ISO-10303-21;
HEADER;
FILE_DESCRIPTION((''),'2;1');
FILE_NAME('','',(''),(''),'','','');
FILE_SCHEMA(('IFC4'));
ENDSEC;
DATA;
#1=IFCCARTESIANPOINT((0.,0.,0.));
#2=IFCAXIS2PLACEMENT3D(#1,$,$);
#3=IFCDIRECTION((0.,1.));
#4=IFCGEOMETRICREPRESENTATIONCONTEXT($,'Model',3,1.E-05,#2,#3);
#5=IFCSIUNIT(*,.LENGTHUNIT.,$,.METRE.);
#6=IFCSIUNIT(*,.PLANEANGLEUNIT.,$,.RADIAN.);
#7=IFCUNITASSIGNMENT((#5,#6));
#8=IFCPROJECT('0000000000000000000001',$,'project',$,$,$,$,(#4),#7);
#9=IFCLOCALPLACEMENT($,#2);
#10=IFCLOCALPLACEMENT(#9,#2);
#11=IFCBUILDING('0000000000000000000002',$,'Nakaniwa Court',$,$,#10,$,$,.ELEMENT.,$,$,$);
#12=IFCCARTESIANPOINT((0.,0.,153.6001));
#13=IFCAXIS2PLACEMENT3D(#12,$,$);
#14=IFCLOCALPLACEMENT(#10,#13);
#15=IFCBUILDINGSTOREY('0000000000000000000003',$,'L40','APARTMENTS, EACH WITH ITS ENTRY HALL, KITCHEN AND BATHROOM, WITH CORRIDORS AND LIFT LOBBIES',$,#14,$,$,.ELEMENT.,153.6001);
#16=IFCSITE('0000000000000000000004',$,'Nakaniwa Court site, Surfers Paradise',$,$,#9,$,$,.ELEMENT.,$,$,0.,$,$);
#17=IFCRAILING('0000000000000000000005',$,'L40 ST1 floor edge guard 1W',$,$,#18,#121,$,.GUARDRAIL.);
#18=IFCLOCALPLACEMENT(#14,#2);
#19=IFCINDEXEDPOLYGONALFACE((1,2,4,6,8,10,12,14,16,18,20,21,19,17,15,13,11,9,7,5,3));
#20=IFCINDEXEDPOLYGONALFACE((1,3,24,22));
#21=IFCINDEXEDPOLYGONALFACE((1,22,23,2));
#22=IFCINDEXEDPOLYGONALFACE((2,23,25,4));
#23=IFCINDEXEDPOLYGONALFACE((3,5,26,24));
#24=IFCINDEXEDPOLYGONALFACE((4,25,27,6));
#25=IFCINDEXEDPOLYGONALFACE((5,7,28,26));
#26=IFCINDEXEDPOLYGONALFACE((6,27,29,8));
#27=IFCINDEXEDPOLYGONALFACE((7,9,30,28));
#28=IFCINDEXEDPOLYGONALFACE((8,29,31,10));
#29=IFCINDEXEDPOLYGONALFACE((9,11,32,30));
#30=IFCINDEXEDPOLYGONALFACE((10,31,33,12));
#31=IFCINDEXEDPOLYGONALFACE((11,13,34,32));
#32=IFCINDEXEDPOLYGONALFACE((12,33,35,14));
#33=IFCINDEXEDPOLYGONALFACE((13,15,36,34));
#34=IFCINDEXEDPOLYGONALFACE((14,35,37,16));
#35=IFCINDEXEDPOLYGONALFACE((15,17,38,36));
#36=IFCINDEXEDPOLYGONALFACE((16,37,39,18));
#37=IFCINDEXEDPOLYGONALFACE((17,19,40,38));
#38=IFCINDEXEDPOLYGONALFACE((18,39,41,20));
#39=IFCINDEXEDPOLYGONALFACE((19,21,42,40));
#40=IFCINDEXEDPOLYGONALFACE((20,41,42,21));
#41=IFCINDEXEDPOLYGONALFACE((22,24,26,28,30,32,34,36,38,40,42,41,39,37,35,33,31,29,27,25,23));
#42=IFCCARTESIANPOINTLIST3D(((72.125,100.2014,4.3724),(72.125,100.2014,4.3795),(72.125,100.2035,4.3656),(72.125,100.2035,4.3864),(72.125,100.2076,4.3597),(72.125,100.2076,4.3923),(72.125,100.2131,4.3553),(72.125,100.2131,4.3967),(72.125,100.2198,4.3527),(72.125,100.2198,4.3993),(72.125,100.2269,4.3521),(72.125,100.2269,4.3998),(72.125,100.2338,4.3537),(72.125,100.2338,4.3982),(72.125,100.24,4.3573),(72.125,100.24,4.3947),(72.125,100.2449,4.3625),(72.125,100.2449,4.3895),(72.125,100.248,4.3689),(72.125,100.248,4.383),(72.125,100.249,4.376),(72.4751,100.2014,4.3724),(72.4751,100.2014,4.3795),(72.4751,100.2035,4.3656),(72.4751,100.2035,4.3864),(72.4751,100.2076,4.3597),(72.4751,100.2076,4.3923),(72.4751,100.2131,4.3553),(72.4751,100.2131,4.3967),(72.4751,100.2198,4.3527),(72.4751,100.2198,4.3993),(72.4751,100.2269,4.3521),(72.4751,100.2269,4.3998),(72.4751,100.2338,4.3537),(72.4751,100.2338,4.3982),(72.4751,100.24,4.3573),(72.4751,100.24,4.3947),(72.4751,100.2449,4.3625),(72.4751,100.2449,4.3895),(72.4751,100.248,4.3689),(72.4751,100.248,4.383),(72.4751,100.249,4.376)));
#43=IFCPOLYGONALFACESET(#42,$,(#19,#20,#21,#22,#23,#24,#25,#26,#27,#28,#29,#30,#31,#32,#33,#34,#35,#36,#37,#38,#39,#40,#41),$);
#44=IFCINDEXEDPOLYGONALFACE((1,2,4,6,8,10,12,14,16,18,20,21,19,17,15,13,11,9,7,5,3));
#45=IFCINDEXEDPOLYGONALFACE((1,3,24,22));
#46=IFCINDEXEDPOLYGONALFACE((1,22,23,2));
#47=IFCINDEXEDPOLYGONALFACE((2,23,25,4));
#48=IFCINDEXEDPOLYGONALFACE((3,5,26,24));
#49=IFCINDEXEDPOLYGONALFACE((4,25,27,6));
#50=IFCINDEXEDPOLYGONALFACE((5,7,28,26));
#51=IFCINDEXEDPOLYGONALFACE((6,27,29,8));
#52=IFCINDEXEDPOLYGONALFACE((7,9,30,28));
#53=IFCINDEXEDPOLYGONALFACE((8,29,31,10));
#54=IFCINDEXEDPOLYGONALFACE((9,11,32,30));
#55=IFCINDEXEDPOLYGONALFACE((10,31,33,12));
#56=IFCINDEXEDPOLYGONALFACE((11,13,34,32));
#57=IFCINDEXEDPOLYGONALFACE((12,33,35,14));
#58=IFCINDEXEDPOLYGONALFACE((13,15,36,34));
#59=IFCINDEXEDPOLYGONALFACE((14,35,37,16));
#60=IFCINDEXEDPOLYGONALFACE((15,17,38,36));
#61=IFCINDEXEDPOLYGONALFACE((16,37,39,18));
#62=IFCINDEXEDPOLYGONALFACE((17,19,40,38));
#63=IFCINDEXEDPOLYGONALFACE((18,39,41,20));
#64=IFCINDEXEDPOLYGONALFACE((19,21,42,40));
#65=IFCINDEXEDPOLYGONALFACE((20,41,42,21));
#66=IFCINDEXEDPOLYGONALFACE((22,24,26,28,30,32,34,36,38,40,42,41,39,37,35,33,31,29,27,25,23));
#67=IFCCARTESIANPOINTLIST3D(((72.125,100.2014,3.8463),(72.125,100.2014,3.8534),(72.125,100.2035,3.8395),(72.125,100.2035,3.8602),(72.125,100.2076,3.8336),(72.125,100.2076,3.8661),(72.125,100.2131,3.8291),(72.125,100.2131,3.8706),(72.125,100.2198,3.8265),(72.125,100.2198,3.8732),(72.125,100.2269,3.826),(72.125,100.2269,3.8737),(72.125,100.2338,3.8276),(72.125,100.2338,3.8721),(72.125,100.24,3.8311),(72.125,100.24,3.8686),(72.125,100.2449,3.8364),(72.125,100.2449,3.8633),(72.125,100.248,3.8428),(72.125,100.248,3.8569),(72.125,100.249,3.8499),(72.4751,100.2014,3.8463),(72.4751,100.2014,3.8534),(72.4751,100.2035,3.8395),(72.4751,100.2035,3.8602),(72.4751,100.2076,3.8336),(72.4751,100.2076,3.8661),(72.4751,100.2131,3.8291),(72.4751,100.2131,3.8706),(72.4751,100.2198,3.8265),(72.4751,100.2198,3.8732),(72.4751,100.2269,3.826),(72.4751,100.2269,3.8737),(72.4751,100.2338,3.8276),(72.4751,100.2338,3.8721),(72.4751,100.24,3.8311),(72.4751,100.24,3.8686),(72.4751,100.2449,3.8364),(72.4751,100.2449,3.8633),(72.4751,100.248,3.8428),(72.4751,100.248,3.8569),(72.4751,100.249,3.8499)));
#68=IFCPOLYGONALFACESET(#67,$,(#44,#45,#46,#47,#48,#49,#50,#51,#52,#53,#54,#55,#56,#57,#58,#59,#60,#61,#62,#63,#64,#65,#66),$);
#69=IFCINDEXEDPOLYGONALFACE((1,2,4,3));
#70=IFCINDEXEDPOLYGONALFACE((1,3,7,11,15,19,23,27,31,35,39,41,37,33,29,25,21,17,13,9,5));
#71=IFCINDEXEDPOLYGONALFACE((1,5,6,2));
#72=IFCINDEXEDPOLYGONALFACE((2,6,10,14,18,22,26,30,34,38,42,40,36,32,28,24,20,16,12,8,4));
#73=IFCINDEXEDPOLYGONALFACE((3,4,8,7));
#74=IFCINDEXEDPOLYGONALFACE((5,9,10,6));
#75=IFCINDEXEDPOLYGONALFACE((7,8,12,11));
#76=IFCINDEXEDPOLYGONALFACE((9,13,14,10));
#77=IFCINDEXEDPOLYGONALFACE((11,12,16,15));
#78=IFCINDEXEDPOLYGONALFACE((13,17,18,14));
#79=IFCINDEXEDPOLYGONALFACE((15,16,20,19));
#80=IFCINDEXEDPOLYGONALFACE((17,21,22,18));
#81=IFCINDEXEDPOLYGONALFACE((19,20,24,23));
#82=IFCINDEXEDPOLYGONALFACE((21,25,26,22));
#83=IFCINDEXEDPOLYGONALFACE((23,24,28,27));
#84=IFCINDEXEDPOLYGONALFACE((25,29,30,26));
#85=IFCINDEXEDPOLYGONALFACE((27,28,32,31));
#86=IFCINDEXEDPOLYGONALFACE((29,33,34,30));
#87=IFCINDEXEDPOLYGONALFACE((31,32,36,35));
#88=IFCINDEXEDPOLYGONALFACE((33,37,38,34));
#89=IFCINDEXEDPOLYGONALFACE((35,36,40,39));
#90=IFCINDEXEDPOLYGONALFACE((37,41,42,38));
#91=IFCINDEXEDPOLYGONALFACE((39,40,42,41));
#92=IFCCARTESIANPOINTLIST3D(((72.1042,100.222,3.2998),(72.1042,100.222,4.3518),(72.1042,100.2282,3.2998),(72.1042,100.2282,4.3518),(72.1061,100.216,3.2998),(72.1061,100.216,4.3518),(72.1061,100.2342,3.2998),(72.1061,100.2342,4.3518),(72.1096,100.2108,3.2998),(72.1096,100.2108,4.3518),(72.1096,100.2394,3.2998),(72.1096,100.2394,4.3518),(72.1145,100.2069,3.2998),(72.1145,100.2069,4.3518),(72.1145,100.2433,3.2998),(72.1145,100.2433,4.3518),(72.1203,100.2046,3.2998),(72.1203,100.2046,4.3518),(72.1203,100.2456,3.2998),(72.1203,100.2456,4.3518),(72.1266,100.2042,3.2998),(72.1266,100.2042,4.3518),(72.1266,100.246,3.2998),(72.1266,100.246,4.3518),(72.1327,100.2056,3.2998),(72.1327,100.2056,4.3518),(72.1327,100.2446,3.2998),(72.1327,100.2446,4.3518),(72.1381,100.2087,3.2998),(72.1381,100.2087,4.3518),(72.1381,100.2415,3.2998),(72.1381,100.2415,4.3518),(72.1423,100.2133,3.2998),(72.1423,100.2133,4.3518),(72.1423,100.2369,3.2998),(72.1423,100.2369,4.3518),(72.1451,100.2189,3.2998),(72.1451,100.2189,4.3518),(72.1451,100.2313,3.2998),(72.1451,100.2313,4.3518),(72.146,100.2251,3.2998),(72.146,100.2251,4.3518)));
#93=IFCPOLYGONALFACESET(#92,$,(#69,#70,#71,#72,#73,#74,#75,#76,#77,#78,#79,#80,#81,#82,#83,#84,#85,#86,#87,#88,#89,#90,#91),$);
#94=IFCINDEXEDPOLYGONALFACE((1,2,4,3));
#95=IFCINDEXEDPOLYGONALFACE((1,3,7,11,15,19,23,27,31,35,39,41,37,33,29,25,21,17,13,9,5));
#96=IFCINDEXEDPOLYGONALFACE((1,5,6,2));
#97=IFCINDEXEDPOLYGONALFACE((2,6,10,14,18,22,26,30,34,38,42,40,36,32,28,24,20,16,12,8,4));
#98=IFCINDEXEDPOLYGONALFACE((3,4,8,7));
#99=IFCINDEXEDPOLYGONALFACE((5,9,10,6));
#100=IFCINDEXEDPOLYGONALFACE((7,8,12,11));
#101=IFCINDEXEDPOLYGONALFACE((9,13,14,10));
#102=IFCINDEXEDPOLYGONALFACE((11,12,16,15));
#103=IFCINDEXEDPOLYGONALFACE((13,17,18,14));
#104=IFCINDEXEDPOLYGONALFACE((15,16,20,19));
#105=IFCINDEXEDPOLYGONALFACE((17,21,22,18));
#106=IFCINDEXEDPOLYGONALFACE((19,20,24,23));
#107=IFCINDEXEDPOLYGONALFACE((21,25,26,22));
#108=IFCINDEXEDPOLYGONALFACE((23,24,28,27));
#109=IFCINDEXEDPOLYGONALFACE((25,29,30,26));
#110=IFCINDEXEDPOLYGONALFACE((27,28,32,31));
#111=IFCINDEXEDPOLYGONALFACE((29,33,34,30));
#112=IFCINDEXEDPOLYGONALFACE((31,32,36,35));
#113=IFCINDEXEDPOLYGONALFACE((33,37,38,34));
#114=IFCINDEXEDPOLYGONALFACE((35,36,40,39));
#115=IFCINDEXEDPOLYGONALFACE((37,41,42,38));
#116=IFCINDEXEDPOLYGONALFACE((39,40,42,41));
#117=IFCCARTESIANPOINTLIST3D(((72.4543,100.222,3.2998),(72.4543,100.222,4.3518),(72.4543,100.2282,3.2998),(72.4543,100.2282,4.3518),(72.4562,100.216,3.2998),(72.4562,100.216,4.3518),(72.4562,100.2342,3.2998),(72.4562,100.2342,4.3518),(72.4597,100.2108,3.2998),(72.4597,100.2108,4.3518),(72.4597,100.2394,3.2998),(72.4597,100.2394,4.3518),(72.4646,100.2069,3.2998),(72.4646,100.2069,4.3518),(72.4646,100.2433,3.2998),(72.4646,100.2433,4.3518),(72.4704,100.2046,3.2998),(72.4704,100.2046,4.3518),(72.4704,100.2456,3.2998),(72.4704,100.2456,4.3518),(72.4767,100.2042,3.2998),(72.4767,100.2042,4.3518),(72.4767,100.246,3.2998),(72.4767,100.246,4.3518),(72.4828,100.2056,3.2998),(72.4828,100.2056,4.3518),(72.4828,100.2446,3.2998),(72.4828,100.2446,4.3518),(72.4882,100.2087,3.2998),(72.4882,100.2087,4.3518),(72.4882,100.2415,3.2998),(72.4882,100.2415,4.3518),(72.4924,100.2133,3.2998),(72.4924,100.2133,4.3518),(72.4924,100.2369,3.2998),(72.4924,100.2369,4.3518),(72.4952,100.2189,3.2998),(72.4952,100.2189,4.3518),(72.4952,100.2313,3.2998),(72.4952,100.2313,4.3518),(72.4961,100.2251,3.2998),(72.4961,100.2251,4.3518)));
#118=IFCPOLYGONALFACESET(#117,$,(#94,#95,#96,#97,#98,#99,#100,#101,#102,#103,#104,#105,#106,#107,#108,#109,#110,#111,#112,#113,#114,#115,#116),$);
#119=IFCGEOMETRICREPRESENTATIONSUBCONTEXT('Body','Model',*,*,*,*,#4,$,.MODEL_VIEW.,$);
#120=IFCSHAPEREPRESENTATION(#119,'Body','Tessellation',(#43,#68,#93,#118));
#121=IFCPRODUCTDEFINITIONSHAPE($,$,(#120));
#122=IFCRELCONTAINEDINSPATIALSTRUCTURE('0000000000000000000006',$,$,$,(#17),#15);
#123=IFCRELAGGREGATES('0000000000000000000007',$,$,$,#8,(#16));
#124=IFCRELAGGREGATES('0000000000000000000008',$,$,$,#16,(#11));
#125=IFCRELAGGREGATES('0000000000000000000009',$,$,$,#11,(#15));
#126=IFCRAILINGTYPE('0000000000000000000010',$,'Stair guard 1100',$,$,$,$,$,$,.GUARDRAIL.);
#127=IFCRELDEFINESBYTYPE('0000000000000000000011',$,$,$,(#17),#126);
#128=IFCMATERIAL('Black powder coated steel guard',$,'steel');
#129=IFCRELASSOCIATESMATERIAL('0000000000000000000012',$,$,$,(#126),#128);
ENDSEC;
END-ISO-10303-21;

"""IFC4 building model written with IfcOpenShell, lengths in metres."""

from ifc_helpers import new_model, si_unit, direction, frame, origin, origin_2d, place, context, subcontext, project, spatial, circle, extrude, material, type_object, element, save


model = new_model("IFC4")

# Units and contexts
model_context = context("Model", 3, precision=1e-05, world=origin(), true_north=direction((0.0, 1.0)))
body_context = subcontext(model_context, "Body", "Model", "MODEL_VIEW")
ifc_project = project(units=[si_unit("LENGTHUNIT", "METRE"), si_unit("PLANEANGLEUNIT", "RADIAN")], contexts=[model_context])

# Site, building, storey
site_placement = place(None, origin())
site = spatial("IfcSite", under=ifc_project, at=site_placement, Name="Nakaniwa Court site, Surfers Paradise", CompositionType="ELEMENT", RefElevation=0.0)
building_placement = place(site_placement, origin())
building = spatial("IfcBuilding", under=site, at=building_placement, Name="Nakaniwa Court", CompositionType="ELEMENT")
storey_placement = place(building_placement, frame((0.0, 0.0, 153.6001)))
storey = spatial("IfcBuildingStorey", under=building, at=storey_placement, Name="L40", Description="APARTMENTS, EACH WITH ITS ENTRY HALL, KITCHEN AND BATHROOM, WITH CORRIDORS AND LIFT LOBBIES", CompositionType="ELEMENT", Elevation=153.6001)

# Railing
ifc_material_1 = material(Name="Black powder coated steel guard", Category="steel")
railing_type_1 = type_object("IfcRailingType", Name="Stair guard 1100", PredefinedType="GUARDRAIL", material=ifc_material_1)
for number, where, name in (
    (1, (72.125, 100.2251, 3.2998), "L40 ST1 floor edge guard 1W"),
):
    element("IfcRailing", number, at=place(storey_placement, frame(where)), inside=storey, type_object=railing_type_1, Name=name, PredefinedType="GUARDRAIL", context=body_context, shape_type="SweptSolid", body=[
        extrude(circle(Radius=0.0239, at=origin_2d()), frame((0.0, 0.0, 1.0762), z_axis=(1.0, 0.0, 0.0), x_axis=(0.0, 1.0, 0.0)), (0.0, 0.0, 1.0), 0.3501),
        extrude(circle(Radius=0.0239, at=origin_2d()), frame((0.0, 0.0, 0.55), z_axis=(1.0, 0.0, 0.0), x_axis=(0.0, 1.0, 0.0)), (0.0, 0.0, 1.0), 0.3501),
        extrude(circle(Radius=0.021, at=origin_2d()), origin(), (0.0, 0.0, 1.0), 1.052),
        extrude(circle(Radius=0.021, at=origin_2d()), frame((0.3501, 0.0, 0.0)), (0.0, 0.0, 1.0), 1.052),
    ])

save(model, "model.ifc")
